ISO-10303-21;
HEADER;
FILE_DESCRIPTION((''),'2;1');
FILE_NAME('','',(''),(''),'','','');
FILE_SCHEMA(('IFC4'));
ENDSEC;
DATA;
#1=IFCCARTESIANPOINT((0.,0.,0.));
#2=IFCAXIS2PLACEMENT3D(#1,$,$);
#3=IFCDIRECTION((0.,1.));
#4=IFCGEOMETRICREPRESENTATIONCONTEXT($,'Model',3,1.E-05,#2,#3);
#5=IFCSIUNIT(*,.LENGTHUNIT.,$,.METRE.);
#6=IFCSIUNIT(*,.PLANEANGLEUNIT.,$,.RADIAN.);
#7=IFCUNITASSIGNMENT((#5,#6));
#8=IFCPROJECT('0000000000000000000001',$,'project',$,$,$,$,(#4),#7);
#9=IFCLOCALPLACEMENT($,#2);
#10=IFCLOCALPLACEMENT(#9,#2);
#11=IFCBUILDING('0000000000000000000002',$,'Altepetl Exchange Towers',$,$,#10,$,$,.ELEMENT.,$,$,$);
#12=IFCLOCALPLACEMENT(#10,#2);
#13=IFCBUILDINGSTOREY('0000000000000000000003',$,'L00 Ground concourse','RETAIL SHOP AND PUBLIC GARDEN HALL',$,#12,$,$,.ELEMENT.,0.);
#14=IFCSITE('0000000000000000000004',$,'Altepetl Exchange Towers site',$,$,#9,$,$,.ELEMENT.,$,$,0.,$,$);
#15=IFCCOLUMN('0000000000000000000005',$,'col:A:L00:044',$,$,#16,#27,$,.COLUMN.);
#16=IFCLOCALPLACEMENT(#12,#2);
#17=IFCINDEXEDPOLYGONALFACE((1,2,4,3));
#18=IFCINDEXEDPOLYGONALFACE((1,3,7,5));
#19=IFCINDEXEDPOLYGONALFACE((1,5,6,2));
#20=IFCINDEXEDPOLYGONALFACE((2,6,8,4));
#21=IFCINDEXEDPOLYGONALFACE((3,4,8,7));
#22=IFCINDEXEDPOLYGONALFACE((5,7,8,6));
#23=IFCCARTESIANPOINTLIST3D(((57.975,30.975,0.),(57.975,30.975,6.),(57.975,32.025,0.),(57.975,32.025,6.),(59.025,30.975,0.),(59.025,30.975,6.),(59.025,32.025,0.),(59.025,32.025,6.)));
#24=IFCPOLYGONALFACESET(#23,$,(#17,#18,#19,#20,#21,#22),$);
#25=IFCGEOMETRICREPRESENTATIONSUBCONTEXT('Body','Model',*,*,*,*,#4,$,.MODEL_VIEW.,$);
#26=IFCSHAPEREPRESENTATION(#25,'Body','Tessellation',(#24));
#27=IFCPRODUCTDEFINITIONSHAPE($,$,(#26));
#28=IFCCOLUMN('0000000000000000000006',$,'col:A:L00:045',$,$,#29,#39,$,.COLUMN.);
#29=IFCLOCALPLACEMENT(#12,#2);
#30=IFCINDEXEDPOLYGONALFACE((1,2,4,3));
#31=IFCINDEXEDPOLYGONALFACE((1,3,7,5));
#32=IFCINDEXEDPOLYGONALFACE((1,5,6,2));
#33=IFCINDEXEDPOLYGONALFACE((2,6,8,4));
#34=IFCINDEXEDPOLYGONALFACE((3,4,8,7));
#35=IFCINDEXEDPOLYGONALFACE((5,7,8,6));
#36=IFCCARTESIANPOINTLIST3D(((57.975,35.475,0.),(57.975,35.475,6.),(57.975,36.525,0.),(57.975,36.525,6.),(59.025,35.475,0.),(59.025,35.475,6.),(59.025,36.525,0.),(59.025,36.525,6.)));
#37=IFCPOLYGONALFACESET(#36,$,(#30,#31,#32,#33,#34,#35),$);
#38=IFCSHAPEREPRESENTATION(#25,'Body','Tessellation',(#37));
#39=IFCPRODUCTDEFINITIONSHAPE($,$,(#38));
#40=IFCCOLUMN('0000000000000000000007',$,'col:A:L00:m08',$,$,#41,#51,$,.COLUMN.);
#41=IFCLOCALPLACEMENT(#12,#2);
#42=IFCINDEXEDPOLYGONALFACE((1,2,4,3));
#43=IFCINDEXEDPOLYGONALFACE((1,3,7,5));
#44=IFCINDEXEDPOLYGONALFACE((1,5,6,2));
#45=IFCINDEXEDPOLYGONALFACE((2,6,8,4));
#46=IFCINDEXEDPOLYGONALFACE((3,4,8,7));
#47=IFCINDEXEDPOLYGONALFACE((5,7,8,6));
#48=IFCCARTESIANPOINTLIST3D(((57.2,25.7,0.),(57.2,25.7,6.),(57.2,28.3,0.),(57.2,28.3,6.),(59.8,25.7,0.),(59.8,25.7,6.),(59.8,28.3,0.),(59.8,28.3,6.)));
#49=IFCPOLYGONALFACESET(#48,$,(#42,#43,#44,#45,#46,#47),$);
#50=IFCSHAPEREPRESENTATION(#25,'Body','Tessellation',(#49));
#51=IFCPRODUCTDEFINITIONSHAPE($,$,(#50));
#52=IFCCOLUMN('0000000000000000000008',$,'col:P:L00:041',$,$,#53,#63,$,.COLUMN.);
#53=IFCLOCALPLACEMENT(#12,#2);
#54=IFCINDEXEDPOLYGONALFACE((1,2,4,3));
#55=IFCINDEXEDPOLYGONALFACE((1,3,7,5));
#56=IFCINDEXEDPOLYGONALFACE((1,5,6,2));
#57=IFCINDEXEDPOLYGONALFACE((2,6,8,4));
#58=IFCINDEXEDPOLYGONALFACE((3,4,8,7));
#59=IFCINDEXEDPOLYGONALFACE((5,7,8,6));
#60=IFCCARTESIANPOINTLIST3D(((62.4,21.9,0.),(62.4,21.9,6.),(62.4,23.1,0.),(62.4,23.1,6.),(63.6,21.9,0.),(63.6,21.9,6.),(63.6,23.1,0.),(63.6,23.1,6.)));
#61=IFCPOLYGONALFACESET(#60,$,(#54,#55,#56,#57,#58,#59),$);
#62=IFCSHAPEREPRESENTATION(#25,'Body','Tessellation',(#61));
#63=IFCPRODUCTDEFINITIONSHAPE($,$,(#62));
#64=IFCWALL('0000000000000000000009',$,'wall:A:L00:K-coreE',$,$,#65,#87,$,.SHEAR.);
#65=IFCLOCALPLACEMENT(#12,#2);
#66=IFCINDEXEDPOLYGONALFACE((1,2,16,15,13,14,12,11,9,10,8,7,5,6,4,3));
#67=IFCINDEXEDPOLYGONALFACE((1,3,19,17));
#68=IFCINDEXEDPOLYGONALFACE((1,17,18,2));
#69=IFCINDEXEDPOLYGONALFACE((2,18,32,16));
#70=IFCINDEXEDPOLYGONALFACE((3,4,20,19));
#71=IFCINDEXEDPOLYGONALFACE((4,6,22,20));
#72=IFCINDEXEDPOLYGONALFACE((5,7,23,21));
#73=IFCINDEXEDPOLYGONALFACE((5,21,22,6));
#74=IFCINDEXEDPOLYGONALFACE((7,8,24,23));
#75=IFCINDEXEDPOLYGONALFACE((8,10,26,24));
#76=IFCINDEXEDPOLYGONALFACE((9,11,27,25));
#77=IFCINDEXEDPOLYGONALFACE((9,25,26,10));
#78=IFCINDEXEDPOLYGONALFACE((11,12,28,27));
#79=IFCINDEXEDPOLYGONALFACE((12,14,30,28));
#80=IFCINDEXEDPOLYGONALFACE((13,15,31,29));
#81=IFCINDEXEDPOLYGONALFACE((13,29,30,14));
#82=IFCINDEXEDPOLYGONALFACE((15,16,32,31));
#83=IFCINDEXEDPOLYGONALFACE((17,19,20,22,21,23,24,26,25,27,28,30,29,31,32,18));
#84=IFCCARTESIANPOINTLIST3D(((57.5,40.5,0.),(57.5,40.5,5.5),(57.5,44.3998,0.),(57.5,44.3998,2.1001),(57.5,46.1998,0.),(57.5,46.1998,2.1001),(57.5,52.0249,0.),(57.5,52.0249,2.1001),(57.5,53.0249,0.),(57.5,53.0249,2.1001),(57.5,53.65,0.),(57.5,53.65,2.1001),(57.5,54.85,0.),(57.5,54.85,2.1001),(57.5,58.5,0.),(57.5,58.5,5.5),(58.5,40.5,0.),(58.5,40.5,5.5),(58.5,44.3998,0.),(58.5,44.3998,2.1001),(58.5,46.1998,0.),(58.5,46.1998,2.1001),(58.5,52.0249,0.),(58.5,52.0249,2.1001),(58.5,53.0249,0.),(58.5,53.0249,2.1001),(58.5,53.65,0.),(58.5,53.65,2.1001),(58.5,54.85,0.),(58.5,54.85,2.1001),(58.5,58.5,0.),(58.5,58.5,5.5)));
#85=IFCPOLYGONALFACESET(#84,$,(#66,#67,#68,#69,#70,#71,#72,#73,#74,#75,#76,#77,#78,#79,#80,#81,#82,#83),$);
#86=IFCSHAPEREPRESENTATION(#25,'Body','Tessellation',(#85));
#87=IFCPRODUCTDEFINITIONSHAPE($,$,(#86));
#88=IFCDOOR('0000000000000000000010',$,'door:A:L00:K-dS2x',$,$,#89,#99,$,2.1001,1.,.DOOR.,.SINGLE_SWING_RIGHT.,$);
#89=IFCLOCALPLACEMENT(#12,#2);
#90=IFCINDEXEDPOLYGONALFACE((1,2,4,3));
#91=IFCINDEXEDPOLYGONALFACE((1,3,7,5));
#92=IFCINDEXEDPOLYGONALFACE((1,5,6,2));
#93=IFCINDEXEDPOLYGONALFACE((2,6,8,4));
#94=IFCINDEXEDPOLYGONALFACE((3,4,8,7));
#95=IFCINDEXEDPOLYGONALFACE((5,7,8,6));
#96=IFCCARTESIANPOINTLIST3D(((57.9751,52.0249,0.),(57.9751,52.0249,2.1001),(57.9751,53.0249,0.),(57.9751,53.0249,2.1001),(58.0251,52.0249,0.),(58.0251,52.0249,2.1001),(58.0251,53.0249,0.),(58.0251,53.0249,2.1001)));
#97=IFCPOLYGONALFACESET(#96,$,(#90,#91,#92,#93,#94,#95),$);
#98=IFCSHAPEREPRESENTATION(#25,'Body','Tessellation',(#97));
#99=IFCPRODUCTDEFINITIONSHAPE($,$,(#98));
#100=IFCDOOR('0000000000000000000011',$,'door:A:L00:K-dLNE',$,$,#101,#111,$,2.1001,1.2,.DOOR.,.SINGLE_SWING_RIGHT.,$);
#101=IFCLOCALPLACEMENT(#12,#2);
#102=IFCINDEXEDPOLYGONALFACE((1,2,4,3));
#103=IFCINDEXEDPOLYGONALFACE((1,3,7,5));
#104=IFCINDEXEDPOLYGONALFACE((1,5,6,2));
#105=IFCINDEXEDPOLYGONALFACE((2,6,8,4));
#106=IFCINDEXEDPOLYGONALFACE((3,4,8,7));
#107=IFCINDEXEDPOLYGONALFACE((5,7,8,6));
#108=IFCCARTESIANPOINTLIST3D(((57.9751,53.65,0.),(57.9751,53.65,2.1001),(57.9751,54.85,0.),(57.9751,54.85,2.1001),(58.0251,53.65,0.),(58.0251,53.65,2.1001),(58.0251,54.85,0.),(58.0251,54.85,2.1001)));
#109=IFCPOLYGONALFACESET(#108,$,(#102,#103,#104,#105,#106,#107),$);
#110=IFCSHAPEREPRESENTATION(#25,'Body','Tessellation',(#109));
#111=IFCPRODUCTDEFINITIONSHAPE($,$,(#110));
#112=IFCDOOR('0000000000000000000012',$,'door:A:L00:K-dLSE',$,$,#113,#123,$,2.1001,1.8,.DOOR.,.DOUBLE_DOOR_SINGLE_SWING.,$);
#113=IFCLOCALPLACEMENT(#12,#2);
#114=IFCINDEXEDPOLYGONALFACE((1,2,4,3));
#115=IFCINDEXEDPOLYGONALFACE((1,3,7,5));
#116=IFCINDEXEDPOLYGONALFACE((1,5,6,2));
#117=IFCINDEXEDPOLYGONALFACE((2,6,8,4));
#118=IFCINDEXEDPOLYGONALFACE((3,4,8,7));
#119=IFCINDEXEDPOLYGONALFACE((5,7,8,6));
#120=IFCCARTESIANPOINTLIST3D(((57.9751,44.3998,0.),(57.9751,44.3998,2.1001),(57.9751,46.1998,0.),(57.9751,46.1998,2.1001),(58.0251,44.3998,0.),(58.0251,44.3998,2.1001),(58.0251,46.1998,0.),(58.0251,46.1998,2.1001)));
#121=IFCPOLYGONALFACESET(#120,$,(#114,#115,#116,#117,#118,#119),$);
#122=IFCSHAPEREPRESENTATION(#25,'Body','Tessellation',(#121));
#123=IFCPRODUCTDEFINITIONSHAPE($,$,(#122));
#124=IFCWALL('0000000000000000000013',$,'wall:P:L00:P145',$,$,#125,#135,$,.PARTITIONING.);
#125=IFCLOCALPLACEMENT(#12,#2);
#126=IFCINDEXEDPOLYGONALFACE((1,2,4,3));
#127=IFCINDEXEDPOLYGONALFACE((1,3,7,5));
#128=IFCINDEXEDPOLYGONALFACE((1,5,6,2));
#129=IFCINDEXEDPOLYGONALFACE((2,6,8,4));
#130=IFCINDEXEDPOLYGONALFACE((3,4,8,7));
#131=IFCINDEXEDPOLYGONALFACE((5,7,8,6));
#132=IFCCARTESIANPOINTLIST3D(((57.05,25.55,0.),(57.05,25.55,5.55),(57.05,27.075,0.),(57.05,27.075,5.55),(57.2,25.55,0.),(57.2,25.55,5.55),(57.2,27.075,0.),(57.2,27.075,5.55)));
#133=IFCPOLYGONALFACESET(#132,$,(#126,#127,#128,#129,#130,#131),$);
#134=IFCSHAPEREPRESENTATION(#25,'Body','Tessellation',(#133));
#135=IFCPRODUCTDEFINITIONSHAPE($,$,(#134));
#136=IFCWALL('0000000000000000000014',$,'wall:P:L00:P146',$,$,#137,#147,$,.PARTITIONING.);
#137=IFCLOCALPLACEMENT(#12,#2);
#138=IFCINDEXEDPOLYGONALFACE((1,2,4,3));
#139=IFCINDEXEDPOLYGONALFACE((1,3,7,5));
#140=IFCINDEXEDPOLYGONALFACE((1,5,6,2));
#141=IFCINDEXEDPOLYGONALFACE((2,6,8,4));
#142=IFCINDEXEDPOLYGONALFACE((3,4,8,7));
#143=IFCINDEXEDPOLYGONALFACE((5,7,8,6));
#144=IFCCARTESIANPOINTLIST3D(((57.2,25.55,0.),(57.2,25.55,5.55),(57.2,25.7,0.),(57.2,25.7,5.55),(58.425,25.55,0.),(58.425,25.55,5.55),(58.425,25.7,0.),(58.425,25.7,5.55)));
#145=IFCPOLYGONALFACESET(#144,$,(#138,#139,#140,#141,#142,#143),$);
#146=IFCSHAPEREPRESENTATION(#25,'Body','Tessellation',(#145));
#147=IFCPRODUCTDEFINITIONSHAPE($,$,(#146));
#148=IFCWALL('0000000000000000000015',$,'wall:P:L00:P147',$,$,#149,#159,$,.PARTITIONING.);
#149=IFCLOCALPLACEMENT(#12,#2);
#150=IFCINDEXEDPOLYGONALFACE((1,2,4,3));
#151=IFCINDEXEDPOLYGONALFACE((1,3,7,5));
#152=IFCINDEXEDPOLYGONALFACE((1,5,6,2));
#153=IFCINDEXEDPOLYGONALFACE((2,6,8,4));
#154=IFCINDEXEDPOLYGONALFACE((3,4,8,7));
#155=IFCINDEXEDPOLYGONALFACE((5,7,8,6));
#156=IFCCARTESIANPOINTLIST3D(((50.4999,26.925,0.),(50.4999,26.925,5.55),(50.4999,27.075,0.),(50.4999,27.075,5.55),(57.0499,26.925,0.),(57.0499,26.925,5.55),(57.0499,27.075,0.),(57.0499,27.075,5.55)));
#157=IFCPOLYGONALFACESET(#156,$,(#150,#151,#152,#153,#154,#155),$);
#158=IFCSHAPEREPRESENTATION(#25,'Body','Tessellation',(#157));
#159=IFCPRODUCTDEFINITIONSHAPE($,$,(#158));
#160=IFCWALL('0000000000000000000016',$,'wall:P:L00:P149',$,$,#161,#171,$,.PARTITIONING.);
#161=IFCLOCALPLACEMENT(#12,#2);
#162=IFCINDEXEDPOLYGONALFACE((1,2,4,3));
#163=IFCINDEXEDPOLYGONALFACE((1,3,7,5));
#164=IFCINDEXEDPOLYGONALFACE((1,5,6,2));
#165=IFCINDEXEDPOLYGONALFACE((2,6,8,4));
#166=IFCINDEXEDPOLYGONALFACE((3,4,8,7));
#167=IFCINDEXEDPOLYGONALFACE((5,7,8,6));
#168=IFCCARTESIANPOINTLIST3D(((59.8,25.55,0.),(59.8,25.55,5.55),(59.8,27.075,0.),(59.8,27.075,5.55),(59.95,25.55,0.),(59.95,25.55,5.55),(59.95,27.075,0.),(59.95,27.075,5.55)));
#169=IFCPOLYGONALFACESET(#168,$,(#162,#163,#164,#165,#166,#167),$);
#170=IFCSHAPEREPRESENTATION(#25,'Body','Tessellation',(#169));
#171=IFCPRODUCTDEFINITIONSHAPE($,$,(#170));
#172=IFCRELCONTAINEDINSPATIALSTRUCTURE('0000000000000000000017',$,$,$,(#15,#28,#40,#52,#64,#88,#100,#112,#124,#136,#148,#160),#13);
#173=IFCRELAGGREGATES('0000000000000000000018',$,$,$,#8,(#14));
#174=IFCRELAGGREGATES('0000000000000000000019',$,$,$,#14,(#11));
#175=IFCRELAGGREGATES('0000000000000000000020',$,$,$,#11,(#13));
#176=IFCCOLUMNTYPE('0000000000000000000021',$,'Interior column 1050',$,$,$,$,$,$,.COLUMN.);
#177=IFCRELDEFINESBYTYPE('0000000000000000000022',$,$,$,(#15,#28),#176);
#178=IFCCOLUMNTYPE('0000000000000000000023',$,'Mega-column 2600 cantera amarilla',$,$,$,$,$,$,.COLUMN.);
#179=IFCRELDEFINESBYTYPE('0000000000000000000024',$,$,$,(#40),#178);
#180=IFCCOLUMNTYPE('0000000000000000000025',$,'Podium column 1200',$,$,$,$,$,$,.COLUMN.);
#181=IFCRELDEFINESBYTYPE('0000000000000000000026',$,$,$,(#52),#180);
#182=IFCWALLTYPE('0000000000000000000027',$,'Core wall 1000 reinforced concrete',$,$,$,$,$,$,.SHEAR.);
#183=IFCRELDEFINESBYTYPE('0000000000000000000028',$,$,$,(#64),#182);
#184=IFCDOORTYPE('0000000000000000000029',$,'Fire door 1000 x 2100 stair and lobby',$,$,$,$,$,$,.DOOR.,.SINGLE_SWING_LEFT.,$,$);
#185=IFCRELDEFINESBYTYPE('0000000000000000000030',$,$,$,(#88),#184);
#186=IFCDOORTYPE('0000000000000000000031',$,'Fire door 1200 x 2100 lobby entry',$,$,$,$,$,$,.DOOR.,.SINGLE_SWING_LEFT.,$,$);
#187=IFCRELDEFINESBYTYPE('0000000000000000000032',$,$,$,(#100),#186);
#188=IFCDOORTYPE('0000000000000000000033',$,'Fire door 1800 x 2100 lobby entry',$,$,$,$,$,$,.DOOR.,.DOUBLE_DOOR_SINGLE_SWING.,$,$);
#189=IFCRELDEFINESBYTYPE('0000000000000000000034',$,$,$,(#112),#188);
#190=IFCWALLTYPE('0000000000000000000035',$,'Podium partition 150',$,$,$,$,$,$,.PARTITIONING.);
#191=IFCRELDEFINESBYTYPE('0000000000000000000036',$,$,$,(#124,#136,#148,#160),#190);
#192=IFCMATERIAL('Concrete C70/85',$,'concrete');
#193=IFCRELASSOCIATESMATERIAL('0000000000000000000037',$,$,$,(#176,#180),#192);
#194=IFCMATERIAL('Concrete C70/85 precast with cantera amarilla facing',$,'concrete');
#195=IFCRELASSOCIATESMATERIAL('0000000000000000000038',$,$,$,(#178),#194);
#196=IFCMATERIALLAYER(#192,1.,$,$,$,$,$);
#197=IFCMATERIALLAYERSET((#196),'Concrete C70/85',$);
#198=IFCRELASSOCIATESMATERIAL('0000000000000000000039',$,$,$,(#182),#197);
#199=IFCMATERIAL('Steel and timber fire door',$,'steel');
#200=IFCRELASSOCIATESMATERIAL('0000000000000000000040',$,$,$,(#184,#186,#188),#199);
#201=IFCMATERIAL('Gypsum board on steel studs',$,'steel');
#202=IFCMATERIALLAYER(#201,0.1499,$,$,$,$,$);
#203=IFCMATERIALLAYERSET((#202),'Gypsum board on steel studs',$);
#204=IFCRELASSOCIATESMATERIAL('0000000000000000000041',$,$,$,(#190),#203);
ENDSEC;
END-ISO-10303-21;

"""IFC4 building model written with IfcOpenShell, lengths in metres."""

from ifc_helpers import new_model, si_unit, direction, frame, frame_2d, origin, origin_2d, place, context, subcontext, project, spatial, rectangle, extrude, material, layer, layer_set, material_profile, profile_set, type_object, element, fill, save


model = new_model("IFC4")

# Units and contexts
model_context = context("Model", 3, precision=1e-05, world=origin(), true_north=direction((0.0, 1.0)))
body_context = subcontext(model_context, "Body", "Model", "MODEL_VIEW")
ifc_project = project(units=[si_unit("LENGTHUNIT", "METRE"), si_unit("PLANEANGLEUNIT", "RADIAN")], contexts=[model_context])

# Site, building, storey
site_placement = place(None, origin())
site = spatial("IfcSite", under=ifc_project, at=site_placement, Name="Altepetl Exchange Towers site", CompositionType="ELEMENT", RefElevation=0.0)
building_placement = place(site_placement, origin())
building = spatial("IfcBuilding", under=site, at=building_placement, Name="Altepetl Exchange Towers", CompositionType="ELEMENT")
storey_placement = place(building_placement, origin())
storey = spatial("IfcBuildingStorey", under=building, at=storey_placement, Name="L00 Ground concourse", Description="RETAIL SHOP AND PUBLIC GARDEN HALL", CompositionType="ELEMENT", Elevation=0.0)

# Columns
ifc_material_1 = material(Name="Concrete C70/85", Category="concrete")
ifc_material_profile_1 = material_profile(ifc_material_1, rectangle(XDim=1.05, YDim=1.05, at=origin_2d()), Name="1050 x 1050")
ifc_profile_set_1 = profile_set([ifc_material_profile_1], Name="Concrete C70/85")
column_type_1 = type_object("IfcColumnType", Name="Interior column 1050", PredefinedType="COLUMN", material=ifc_profile_set_1)
for number, where, name in (
    (1, (58.5, 31.5, 0.0), "col:A:L00:044"),
    (2, (58.5, 36.0, 0.0), "col:A:L00:045"),
):
    element("IfcColumn", number, at=place(storey_placement, frame(where)), inside=storey, type_object=column_type_1, Name=name, PredefinedType="COLUMN", context=body_context, shape_type="SweptSolid", body=[
        extrude(rectangle(XDim=1.05, YDim=1.05, at=origin_2d()), origin(), (0.0, 0.0, 1.0), 6.0),
    ])
ifc_material_2 = material(Name="Concrete C70/85 precast with cantera amarilla facing", Category="concrete")
ifc_material_profile_2 = material_profile(ifc_material_2, rectangle(XDim=2.6001, YDim=2.6001, at=origin_2d()), Name="2600 x 2600")
ifc_profile_set_2 = profile_set([ifc_material_profile_2], Name="Concrete C70/85 precast with cantera amarilla facing")
column_type_2 = type_object("IfcColumnType", Name="Mega-column 2600 cantera amarilla", PredefinedType="COLUMN", material=ifc_profile_set_2)
column_1_placement = place(storey_placement, frame((58.5, 27.0, 0.0)))
element("IfcColumn", 3, at=column_1_placement, inside=storey, type_object=column_type_2, Name="col:A:L00:m08", PredefinedType="COLUMN", context=body_context, shape_type="SweptSolid", body=[
    extrude(rectangle(XDim=2.6001, YDim=2.6001, at=origin_2d()), origin(), (0.0, 0.0, 1.0), 6.0),
])
ifc_material_profile_3 = material_profile(ifc_material_1, rectangle(XDim=1.2, YDim=1.2, at=origin_2d()), Name="1200 x 1200")
ifc_profile_set_3 = profile_set([ifc_material_profile_3], Name="Concrete C70/85")
column_type_3 = type_object("IfcColumnType", Name="Podium column 1200", PredefinedType="COLUMN", material=ifc_profile_set_3)
column_2_placement = place(storey_placement, frame((63.0, 22.5, 0.0)))
element("IfcColumn", 4, at=column_2_placement, inside=storey, type_object=column_type_3, Name="col:P:L00:041", PredefinedType="COLUMN", context=body_context, shape_type="SweptSolid", body=[
    extrude(rectangle(XDim=1.2, YDim=1.2, at=origin_2d()), origin(), (0.0, 0.0, 1.0), 6.0),
])

# Wall, openings, doors
ifc_layer_1 = layer(ifc_material_1, 1.0)
ifc_layer_set_1 = layer_set([ifc_layer_1], Name="Concrete C70/85")
wall_type_1 = type_object("IfcWallType", Name="Core wall 1000 reinforced concrete", PredefinedType="SHEAR", material=ifc_layer_set_1)
wall_1_placement = place(storey_placement, frame((58.0, 40.5, 0.0), z_axis=(0.0, 0.0, 1.0), x_axis=(0.0, 1.0, 0.0)))
wall_1 = element("IfcWall", 5, at=wall_1_placement, inside=storey, type_object=wall_type_1, Name="wall:A:L00:K-coreE", PredefinedType="SHEAR", context=body_context, shape_type="SweptSolid", body=[
    extrude(rectangle(XDim=18.0, YDim=1.0, at=frame_2d((9.0, 0.0))), origin(), (0.0, 0.0, 1.0), 5.5),
])
opening_1_placement = place(wall_1_placement, frame((13.1499, 0.0, 0.0)))
opening_1 = element("IfcOpeningElement", 6, at=opening_1_placement, cuts=wall_1, PredefinedType="OPENING", context=body_context, shape_type="SweptSolid", body=[
    extrude(rectangle(XDim=1.2, YDim=2.1001, at=frame_2d((0.6001, 1.05))), frame((0.0, 0.51, 0.0), z_axis=(0.0, -1.0, 0.0), x_axis=(1.0, 0.0, 0.0)), (0.0, 0.0, 1.0), 1.02),
])
opening_2_placement = place(wall_1_placement, frame((3.8999, 0.0, 0.0)))
opening_2 = element("IfcOpeningElement", 7, at=opening_2_placement, cuts=wall_1, PredefinedType="OPENING", context=body_context, shape_type="SweptSolid", body=[
    extrude(rectangle(XDim=1.8, YDim=2.1001, at=frame_2d((0.8999, 1.05))), frame((0.0, 0.51, 0.0), z_axis=(0.0, -1.0, 0.0), x_axis=(1.0, 0.0, 0.0)), (0.0, 0.0, 1.0), 1.02),
])
opening_3_placement = place(wall_1_placement, frame((11.5249, 0.0, 0.0)))
opening_3 = element("IfcOpeningElement", 8, at=opening_3_placement, cuts=wall_1, PredefinedType="OPENING", context=body_context, shape_type="SweptSolid", body=[
    extrude(rectangle(XDim=1.0, YDim=2.1001, at=frame_2d((0.5, 1.05))), frame((0.0, 0.51, 0.0), z_axis=(0.0, -1.0, 0.0), x_axis=(1.0, 0.0, 0.0)), (0.0, 0.0, 1.0), 1.02),
])
ifc_material_3 = material(Name="Steel and timber fire door", Category="steel")
door_type_1 = type_object("IfcDoorType", Name="Fire door 1000 x 2100 stair and lobby", OperationType="SINGLE_SWING_LEFT", PredefinedType="DOOR", material=ifc_material_3)
door_1_placement = place(opening_3_placement, origin())
door_1 = element("IfcDoor", 9, at=door_1_placement, inside=storey, type_object=door_type_1, Name="door:A:L00:K-dS2x", OperationType="SINGLE_SWING_RIGHT", OverallHeight=2.1001, OverallWidth=1.0, PredefinedType="DOOR", context=body_context, shape_type="SweptSolid", body=[
    extrude(rectangle(XDim=1.0, YDim=2.1001, at=frame_2d((0.5, 1.05))), frame((0.0, 0.0249, 0.0), z_axis=(0.0, -1.0, 0.0), x_axis=(1.0, 0.0, 0.0)), (0.0, 0.0, 1.0), 0.05),
])
fill(opening_3, door_1)
door_type_2 = type_object("IfcDoorType", Name="Fire door 1200 x 2100 lobby entry", OperationType="SINGLE_SWING_LEFT", PredefinedType="DOOR", material=ifc_material_3)
door_2_placement = place(opening_1_placement, origin())
door_2 = element("IfcDoor", 10, at=door_2_placement, inside=storey, type_object=door_type_2, Name="door:A:L00:K-dLNE", OperationType="SINGLE_SWING_RIGHT", OverallHeight=2.1001, OverallWidth=1.2, PredefinedType="DOOR", context=body_context, shape_type="SweptSolid", body=[
    extrude(rectangle(XDim=1.2, YDim=2.1001, at=frame_2d((0.6001, 1.05))), frame((0.0, 0.0249, 0.0), z_axis=(0.0, -1.0, 0.0), x_axis=(1.0, 0.0, 0.0)), (0.0, 0.0, 1.0), 0.05),
])
fill(opening_1, door_2)
door_type_3 = type_object("IfcDoorType", Name="Fire door 1800 x 2100 lobby entry", OperationType="DOUBLE_DOOR_SINGLE_SWING", PredefinedType="DOOR", material=ifc_material_3)
door_3_placement = place(opening_2_placement, origin())
door_3 = element("IfcDoor", 11, at=door_3_placement, inside=storey, type_object=door_type_3, Name="door:A:L00:K-dLSE", OperationType="DOUBLE_DOOR_SINGLE_SWING", OverallHeight=2.1001, OverallWidth=1.8, PredefinedType="DOOR", context=body_context, shape_type="SweptSolid", body=[
    extrude(rectangle(XDim=1.8, YDim=2.1001, at=frame_2d((0.8999, 1.05))), frame((0.0, 0.0249, 0.0), z_axis=(0.0, -1.0, 0.0), x_axis=(1.0, 0.0, 0.0)), (0.0, 0.0, 1.0), 0.05),
])
fill(opening_2, door_3)

# Walls
ifc_material_4 = material(Name="Gypsum board on steel studs", Category="steel")
ifc_layer_2 = layer(ifc_material_4, 0.1499)
ifc_layer_set_2 = layer_set([ifc_layer_2], Name="Gypsum board on steel studs")
wall_type_2 = type_object("IfcWallType", Name="Podium partition 150", PredefinedType="PARTITIONING", material=ifc_layer_set_2)
wall_2_placement = place(storey_placement, frame((57.125, 25.55, 0.0), z_axis=(0.0, 0.0, 1.0), x_axis=(0.0, 1.0, 0.0)))
element("IfcWall", 12, at=wall_2_placement, inside=storey, type_object=wall_type_2, Name="wall:P:L00:P145", PredefinedType="PARTITIONING", context=body_context, shape_type="SweptSolid", body=[
    extrude(rectangle(XDim=1.5249, YDim=0.1499, at=frame_2d((0.7625, 0.0))), origin(), (0.0, 0.0, 1.0), 5.55),
])
wall_3_placement = place(storey_placement, frame((57.2, 25.625, 0.0)))
element("IfcWall", 13, at=wall_3_placement, inside=storey, type_object=wall_type_2, Name="wall:P:L00:P146", PredefinedType="PARTITIONING", context=body_context, shape_type="SweptSolid", body=[
    extrude(rectangle(XDim=1.2251, YDim=0.1499, at=frame_2d((0.6125, 0.0))), origin(), (0.0, 0.0, 1.0), 5.55),
])
wall_4_placement = place(storey_placement, frame((50.5, 27.0, 0.0)))
element("IfcWall", 14, at=wall_4_placement, inside=storey, type_object=wall_type_2, Name="wall:P:L00:P147", PredefinedType="PARTITIONING", context=body_context, shape_type="SweptSolid", body=[
    extrude(rectangle(XDim=6.55, YDim=0.1499, at=frame_2d((3.2749, 0.0))), origin(), (0.0, 0.0, 1.0), 5.55),
])
wall_5_placement = place(storey_placement, frame((59.875, 25.55, 0.0), z_axis=(0.0, 0.0, 1.0), x_axis=(0.0, 1.0, 0.0)))
element("IfcWall", 15, at=wall_5_placement, inside=storey, type_object=wall_type_2, Name="wall:P:L00:P149", PredefinedType="PARTITIONING", context=body_context, shape_type="SweptSolid", body=[
    extrude(rectangle(XDim=1.5249, YDim=0.1499, at=frame_2d((0.7625, 0.0))), origin(), (0.0, 0.0, 1.0), 5.55),
])

save(model, "model.ifc")
